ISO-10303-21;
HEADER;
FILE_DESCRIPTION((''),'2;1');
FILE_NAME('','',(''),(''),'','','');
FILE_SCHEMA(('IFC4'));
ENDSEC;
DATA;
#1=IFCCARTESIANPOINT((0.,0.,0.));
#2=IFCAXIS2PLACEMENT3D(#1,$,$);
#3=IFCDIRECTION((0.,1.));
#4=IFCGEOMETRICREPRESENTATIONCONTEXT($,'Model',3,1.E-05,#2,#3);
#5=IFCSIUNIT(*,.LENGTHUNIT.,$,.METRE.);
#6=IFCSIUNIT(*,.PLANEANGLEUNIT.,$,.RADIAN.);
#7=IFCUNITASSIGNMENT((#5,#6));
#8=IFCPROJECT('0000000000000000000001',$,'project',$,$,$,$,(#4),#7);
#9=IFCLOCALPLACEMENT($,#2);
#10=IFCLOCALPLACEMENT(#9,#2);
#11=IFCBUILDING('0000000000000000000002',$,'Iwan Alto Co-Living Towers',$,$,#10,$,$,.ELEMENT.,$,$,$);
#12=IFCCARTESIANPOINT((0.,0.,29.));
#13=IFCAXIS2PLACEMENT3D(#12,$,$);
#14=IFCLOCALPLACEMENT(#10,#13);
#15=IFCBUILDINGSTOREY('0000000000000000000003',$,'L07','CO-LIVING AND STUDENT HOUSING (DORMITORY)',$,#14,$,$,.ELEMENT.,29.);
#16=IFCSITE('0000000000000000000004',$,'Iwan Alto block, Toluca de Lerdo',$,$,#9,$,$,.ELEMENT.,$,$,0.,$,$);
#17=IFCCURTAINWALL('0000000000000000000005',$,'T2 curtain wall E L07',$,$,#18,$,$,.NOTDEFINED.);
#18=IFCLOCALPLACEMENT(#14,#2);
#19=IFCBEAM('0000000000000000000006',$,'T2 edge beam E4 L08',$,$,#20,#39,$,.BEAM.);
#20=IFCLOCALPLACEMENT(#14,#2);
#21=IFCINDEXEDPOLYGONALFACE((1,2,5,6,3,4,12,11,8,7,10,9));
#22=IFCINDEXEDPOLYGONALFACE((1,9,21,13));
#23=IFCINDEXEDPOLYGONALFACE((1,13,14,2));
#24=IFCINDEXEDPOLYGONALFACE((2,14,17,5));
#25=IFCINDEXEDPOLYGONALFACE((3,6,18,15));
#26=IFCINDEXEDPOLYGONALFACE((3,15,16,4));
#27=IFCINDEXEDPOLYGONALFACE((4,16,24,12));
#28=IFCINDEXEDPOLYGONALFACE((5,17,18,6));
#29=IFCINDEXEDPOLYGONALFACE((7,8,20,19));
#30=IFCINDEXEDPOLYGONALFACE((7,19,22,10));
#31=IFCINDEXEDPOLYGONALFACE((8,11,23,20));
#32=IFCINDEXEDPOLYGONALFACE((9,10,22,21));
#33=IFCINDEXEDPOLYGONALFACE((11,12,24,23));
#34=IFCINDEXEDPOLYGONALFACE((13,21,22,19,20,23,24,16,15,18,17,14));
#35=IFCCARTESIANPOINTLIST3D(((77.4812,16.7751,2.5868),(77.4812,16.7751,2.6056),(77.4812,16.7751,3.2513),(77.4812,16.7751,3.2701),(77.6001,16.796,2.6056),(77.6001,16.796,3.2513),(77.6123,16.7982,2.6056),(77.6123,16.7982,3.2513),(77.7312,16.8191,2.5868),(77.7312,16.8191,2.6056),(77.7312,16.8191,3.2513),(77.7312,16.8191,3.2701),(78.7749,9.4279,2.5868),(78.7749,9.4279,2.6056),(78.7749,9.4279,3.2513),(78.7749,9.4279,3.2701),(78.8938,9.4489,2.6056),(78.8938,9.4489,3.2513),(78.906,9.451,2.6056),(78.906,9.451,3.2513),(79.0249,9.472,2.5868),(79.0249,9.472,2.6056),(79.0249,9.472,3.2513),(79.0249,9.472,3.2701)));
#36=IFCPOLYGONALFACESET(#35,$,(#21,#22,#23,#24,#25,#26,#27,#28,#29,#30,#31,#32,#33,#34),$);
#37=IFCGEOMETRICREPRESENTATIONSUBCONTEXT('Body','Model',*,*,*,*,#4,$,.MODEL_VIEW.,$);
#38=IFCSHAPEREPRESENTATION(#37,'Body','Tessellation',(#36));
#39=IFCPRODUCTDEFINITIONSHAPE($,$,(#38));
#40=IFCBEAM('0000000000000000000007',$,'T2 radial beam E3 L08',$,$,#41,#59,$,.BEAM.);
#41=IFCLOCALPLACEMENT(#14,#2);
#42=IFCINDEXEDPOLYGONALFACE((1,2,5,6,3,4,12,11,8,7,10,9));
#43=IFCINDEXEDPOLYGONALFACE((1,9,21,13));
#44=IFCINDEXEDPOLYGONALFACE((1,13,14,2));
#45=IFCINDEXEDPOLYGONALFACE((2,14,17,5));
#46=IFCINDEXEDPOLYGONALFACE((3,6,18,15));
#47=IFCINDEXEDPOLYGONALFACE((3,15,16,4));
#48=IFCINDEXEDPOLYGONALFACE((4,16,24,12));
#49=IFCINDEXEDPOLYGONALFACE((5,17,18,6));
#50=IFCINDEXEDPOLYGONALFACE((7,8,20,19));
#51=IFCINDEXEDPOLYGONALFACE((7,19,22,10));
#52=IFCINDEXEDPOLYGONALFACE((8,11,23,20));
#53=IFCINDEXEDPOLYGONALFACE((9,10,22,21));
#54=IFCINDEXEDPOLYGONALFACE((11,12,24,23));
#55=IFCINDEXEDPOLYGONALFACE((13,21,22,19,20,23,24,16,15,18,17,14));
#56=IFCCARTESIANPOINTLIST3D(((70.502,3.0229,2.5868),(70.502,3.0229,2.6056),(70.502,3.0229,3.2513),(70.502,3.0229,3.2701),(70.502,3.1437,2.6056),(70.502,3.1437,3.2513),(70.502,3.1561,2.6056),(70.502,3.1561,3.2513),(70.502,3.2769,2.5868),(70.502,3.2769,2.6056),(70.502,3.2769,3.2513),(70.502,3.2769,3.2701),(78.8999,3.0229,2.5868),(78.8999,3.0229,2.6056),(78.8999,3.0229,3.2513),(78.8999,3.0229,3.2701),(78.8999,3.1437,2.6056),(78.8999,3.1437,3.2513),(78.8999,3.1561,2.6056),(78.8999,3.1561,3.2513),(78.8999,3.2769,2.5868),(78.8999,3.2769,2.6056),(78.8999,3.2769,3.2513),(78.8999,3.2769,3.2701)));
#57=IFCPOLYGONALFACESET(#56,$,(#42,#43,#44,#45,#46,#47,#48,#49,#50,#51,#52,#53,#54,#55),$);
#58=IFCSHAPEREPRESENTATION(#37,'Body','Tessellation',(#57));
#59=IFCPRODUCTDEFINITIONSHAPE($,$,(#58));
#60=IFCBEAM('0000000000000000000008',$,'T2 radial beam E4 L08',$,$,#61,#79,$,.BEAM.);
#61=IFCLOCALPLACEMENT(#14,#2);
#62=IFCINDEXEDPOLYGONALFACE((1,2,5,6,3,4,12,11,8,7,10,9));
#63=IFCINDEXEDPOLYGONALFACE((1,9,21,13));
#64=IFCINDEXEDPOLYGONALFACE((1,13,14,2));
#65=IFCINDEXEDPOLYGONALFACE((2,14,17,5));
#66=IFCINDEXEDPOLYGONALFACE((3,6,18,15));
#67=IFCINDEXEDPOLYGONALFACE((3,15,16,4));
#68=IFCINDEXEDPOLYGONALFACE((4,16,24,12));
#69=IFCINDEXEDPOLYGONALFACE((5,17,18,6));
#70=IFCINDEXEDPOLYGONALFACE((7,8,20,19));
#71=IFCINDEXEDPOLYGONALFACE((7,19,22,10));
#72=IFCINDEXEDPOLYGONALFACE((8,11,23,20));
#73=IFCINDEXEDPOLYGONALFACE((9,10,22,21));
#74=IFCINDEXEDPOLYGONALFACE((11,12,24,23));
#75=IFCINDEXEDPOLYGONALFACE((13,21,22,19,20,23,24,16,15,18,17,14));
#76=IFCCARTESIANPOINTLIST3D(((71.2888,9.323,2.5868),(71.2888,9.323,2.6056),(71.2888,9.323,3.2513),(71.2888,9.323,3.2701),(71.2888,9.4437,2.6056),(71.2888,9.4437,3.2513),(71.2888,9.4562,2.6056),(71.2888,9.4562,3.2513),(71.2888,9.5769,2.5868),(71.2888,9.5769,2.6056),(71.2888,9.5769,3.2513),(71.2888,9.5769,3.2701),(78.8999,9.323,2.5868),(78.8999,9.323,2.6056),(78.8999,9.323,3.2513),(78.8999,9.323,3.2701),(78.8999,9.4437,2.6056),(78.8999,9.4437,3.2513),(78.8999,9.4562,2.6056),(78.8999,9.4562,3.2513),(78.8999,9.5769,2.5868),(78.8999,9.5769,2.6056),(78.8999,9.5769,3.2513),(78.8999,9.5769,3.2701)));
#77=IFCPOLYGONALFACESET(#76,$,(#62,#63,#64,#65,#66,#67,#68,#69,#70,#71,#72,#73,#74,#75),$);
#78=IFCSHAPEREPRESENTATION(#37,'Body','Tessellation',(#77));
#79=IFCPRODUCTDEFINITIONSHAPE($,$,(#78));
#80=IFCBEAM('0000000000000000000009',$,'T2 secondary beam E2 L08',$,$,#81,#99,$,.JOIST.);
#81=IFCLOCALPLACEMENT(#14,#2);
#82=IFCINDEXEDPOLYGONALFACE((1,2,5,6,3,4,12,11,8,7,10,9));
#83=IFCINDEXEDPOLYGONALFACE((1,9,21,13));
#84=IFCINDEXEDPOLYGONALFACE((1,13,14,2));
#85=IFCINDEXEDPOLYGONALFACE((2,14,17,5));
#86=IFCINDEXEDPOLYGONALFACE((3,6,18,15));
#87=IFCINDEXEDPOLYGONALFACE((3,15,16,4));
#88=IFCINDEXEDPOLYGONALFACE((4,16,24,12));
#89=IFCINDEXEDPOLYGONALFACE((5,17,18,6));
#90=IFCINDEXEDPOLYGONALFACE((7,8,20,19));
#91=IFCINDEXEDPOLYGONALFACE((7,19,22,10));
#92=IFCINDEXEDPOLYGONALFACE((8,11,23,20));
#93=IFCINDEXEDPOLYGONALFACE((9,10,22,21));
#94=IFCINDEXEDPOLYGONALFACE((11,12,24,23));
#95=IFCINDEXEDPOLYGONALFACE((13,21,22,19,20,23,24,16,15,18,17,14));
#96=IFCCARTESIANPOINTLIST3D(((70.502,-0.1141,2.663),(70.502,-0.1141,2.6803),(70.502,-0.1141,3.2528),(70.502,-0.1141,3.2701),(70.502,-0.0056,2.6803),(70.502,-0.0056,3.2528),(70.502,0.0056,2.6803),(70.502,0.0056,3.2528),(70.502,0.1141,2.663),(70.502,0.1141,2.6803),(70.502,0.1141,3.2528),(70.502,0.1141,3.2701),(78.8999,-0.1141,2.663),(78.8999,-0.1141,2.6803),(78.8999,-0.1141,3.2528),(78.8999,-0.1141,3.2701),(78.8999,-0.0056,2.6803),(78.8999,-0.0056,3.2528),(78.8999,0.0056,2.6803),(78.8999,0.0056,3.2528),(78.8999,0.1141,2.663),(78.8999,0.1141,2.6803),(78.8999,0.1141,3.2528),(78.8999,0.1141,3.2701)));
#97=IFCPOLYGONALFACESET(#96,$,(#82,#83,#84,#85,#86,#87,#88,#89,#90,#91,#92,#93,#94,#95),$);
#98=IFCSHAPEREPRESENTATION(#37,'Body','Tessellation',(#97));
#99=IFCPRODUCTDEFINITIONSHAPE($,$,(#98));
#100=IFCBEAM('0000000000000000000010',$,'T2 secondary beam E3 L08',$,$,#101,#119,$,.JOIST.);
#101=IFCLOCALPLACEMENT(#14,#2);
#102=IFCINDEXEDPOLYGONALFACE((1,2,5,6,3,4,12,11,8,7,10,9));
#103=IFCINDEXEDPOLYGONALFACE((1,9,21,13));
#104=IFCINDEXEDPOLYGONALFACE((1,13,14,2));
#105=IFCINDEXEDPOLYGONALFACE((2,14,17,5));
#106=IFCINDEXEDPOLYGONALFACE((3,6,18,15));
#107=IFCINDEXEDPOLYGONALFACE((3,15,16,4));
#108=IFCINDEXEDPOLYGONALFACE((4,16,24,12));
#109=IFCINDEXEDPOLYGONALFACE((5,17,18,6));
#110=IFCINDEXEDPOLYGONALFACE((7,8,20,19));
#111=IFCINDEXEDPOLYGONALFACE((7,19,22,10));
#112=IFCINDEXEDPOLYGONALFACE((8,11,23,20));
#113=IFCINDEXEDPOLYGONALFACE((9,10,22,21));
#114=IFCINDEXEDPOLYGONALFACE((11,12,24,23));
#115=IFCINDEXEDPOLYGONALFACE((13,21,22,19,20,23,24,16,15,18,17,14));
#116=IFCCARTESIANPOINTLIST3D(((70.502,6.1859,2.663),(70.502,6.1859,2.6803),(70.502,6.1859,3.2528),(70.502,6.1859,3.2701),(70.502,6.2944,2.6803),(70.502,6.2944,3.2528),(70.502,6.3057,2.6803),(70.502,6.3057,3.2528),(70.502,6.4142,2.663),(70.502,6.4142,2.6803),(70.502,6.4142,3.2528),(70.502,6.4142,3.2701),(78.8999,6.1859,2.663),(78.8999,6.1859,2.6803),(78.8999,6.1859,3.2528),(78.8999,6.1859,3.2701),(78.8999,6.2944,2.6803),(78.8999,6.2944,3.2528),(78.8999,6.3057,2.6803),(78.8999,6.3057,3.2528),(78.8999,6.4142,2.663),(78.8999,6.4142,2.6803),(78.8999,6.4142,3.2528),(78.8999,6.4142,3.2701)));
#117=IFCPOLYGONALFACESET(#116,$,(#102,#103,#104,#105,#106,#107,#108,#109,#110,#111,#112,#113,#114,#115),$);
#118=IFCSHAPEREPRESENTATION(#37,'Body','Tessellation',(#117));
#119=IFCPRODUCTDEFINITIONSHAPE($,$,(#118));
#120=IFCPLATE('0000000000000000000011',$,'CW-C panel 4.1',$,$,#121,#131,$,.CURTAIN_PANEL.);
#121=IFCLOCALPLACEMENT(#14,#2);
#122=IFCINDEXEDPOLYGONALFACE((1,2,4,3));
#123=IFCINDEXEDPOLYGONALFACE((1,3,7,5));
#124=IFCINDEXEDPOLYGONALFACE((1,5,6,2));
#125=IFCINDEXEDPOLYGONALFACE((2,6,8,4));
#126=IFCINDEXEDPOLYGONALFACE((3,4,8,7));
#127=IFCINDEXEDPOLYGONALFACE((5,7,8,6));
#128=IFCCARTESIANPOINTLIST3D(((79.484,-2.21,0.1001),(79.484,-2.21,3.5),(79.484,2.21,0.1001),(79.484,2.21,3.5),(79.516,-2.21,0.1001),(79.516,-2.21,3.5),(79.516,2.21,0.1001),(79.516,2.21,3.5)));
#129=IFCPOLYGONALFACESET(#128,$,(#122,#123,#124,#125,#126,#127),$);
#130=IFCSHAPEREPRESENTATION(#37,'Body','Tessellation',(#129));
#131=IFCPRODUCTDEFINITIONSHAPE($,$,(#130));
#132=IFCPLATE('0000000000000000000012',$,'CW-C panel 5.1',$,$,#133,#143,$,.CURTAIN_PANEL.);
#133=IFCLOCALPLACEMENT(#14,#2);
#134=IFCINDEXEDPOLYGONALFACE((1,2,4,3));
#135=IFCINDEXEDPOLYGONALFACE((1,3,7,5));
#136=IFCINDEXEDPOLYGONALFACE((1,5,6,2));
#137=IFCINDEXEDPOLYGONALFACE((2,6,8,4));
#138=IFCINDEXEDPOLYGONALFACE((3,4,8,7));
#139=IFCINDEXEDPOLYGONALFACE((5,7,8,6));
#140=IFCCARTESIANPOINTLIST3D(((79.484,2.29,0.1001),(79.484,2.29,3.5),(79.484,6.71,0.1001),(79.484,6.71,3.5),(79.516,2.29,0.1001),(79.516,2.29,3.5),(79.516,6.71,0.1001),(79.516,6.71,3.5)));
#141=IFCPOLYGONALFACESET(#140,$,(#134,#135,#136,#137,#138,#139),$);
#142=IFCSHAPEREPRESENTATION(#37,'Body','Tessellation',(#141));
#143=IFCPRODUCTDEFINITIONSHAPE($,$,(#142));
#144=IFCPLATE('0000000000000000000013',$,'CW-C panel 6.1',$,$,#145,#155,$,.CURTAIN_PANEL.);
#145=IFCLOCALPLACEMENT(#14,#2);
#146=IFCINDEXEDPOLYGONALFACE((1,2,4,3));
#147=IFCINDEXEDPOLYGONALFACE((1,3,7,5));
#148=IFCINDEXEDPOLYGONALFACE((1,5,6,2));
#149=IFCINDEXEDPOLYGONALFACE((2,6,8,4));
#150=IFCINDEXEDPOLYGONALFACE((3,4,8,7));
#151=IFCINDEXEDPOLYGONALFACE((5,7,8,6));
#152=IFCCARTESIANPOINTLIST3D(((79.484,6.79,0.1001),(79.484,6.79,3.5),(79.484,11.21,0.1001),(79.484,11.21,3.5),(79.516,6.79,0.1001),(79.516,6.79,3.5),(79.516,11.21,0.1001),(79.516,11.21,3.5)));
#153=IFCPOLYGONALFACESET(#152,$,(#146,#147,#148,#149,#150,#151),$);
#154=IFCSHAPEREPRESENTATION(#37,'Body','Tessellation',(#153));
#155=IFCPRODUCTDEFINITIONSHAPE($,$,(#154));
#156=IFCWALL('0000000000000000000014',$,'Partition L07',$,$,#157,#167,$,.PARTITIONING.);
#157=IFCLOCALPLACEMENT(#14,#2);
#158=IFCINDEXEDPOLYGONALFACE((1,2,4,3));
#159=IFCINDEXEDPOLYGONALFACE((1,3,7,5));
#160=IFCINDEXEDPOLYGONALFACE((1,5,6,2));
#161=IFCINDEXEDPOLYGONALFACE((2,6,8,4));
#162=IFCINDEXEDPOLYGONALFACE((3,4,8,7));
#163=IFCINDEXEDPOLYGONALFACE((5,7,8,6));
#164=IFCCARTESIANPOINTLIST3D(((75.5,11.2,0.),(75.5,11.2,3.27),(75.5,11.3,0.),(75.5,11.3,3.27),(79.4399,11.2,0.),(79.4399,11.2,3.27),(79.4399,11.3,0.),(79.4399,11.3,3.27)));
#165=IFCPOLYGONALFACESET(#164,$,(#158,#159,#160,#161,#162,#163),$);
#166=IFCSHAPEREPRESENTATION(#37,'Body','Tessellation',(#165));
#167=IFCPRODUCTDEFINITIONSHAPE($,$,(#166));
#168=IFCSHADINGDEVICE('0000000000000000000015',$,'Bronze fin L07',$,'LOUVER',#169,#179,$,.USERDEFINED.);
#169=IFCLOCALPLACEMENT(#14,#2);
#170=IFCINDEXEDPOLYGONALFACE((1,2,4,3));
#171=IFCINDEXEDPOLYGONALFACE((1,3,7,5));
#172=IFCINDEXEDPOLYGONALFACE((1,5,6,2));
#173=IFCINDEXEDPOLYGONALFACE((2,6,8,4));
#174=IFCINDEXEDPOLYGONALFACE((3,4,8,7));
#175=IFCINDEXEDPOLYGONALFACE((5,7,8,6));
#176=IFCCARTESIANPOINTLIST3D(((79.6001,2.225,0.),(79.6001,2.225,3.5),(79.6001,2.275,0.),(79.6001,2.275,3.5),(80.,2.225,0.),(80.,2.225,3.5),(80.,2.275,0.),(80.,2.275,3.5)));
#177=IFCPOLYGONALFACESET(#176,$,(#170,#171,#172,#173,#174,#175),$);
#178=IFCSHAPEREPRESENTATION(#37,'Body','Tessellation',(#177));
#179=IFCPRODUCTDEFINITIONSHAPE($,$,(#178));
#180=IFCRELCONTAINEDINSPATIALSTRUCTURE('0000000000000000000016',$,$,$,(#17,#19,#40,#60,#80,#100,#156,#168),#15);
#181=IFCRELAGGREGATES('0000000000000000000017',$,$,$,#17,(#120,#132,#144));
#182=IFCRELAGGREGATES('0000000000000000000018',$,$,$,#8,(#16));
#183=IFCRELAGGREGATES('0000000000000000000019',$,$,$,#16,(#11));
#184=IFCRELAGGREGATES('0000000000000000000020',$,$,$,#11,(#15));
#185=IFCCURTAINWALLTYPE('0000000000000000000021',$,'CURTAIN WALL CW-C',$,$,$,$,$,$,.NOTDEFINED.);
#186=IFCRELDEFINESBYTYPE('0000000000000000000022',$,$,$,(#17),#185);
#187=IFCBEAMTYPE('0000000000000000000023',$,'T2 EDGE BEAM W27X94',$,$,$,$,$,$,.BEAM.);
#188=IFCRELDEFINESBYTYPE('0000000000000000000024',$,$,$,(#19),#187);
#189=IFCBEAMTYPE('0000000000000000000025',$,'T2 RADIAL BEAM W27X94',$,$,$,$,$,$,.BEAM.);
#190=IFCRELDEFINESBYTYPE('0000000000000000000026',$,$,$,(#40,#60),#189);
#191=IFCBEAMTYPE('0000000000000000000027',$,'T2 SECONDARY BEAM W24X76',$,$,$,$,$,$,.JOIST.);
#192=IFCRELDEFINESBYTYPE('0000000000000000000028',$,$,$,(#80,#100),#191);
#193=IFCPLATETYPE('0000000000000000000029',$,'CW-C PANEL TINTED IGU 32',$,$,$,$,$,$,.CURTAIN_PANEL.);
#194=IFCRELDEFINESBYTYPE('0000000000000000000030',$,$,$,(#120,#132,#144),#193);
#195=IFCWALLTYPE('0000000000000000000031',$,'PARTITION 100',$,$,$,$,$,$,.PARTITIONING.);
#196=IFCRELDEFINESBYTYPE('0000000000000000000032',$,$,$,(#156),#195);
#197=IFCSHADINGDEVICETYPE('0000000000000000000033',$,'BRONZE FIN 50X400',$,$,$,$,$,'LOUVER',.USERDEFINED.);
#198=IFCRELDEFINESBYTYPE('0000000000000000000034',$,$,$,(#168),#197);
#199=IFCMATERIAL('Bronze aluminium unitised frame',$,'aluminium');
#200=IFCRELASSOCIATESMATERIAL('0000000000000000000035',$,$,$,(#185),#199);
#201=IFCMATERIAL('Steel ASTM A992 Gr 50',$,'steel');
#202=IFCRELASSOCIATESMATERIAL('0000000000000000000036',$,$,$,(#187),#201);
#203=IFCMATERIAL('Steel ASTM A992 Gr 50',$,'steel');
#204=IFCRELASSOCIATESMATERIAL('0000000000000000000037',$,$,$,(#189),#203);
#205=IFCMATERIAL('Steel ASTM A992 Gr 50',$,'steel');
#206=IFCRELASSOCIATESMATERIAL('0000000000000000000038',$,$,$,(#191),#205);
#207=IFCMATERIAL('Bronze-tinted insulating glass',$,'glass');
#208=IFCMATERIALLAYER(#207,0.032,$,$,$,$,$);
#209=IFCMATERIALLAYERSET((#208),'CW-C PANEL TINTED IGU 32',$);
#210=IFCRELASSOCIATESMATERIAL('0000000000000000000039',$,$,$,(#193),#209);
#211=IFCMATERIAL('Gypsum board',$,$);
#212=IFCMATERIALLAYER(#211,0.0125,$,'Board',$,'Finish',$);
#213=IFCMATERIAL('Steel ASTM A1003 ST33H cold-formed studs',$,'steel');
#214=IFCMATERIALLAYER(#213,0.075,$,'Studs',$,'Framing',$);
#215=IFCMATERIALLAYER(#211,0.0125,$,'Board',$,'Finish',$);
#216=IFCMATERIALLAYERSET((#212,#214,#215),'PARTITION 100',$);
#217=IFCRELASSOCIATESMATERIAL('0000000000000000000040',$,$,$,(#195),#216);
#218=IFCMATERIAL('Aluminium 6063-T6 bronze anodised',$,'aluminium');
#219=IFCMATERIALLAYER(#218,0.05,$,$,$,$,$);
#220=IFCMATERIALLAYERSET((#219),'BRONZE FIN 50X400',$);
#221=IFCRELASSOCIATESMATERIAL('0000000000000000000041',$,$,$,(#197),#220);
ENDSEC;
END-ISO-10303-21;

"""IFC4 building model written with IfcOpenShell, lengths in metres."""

from ifc_helpers import new_model, si_unit, direction, frame, frame_2d, origin, origin_2d, place, context, subcontext, project, spatial, rectangle, i_section, extrude, material, layer, layer_set, material_profile, profile_set, type_object, element, aggregate, save


model = new_model("IFC4")

# Units and contexts
model_context = context("Model", 3, precision=1e-05, world=origin(), true_north=direction((0.0, 1.0)))
body_context = subcontext(model_context, "Body", "Model", "MODEL_VIEW")
ifc_project = project(units=[si_unit("LENGTHUNIT", "METRE"), si_unit("PLANEANGLEUNIT", "RADIAN")], contexts=[model_context])

# Site, building, storey
site_placement = place(None, origin())
site = spatial("IfcSite", under=ifc_project, at=site_placement, Name="Iwan Alto block, Toluca de Lerdo", CompositionType="ELEMENT", RefElevation=0.0)
building_placement = place(site_placement, origin())
building = spatial("IfcBuilding", under=site, at=building_placement, Name="Iwan Alto Co-Living Towers", CompositionType="ELEMENT")
storey_placement = place(building_placement, frame((0.0, 0.0, 29.0)))
storey = spatial("IfcBuildingStorey", under=building, at=storey_placement, Name="L07", Description="CO-LIVING AND STUDENT HOUSING (DORMITORY)", CompositionType="ELEMENT", Elevation=29.0)

# Curtain wall
ifc_material_1 = material(Name="Bronze aluminium unitised frame", Category="aluminium")
curtain_wall_type = type_object("IfcCurtainWallType", Name="CURTAIN WALL CW-C", PredefinedType="NOTDEFINED", material=ifc_material_1)
curtain_wall_placement = place(storey_placement, origin())
curtain_wall = element("IfcCurtainWall", 1, at=curtain_wall_placement, inside=storey, type_object=curtain_wall_type, Name="T2 curtain wall E L07", PredefinedType="NOTDEFINED")

# Beams
ifc_material_2 = material(Name="Steel ASTM A992 Gr 50", Category="steel")
ifc_material_profile_1 = material_profile(ifc_material_2, i_section(OverallWidth=0.2539, OverallDepth=0.6833, WebThickness=0.0125, FlangeThickness=0.0188, at=origin_2d()), Name="W27X94")
ifc_profile_set_1 = profile_set([ifc_material_profile_1], Name="Steel ASTM A992 Gr 50")
beam_type_1 = type_object("IfcBeamType", Name="T2 EDGE BEAM W27X94", PredefinedType="BEAM", material=ifc_profile_set_1)
beam_1_placement = place(storey_placement, frame((78.8999, 9.45, 2.9285), z_axis=(-0.173414, 0.984849, 0.0), x_axis=(-0.984849, -0.173414, 0.0)))
element("IfcBeam", 2, at=beam_1_placement, inside=storey, type_object=beam_type_1, Name="T2 edge beam E4 L08", PredefinedType="BEAM", context=body_context, shape_type="SweptSolid", body=[
    extrude(i_section(OverallWidth=0.2539, OverallDepth=0.6833, WebThickness=0.0125, FlangeThickness=0.0188, at=origin_2d()), origin(), (0.0, 0.0, 1.0), 7.4602),
])
ifc_material_3 = material(Name="Steel ASTM A992 Gr 50", Category="steel")
ifc_material_profile_2 = material_profile(ifc_material_3, i_section(OverallWidth=0.2539, OverallDepth=0.6833, WebThickness=0.0125, FlangeThickness=0.0188, at=origin_2d()), Name="W27X94")
ifc_profile_set_2 = profile_set([ifc_material_profile_2], Name="Steel ASTM A992 Gr 50")
beam_type_2 = type_object("IfcBeamType", Name="T2 RADIAL BEAM W27X94", PredefinedType="BEAM", material=ifc_profile_set_2)
beam_2_placement = place(storey_placement, frame((78.8999, 3.1499, 2.9285), z_axis=(-1.0, 0.0, 0.0), x_axis=(0.0, -1.0, 0.0)))
element("IfcBeam", 3, at=beam_2_placement, inside=storey, type_object=beam_type_2, Name="T2 radial beam E3 L08", PredefinedType="BEAM", context=body_context, shape_type="SweptSolid", body=[
    extrude(i_section(OverallWidth=0.2539, OverallDepth=0.6833, WebThickness=0.0125, FlangeThickness=0.0188, at=origin_2d()), origin(), (0.0, 0.0, 1.0), 8.3979),
])
beam_3_placement = place(storey_placement, frame((78.8999, 9.45, 2.9285), z_axis=(-1.0, 0.0, 0.0), x_axis=(0.0, -1.0, 0.0)))
element("IfcBeam", 4, at=beam_3_placement, inside=storey, type_object=beam_type_2, Name="T2 radial beam E4 L08", PredefinedType="BEAM", context=body_context, shape_type="SweptSolid", body=[
    extrude(i_section(OverallWidth=0.2539, OverallDepth=0.6833, WebThickness=0.0125, FlangeThickness=0.0188, at=origin_2d()), origin(), (0.0, 0.0, 1.0), 7.6111),
])
ifc_material_4 = material(Name="Steel ASTM A992 Gr 50", Category="steel")
ifc_material_profile_3 = material_profile(ifc_material_4, i_section(OverallWidth=0.2283, OverallDepth=0.6072, WebThickness=0.0112, FlangeThickness=0.0173, at=origin_2d()), Name="W24X76")
ifc_profile_set_3 = profile_set([ifc_material_profile_3], Name="Steel ASTM A992 Gr 50")
beam_type_3 = type_object("IfcBeamType", Name="T2 SECONDARY BEAM W24X76", PredefinedType="JOIST", material=ifc_profile_set_3)
for number, where, z_axis, x_axis, name in (
    (5, (78.8999, 0.0, 2.9666), (-1.0, 0.0, 0.0), (0.0, -1.0, 0.0), "T2 secondary beam E2 L08"),
    (6, (78.8999, 6.3, 2.9666), (-1.0, 0.0, 0.0), (0.0, -1.0, 0.0), "T2 secondary beam E3 L08"),
):
    element("IfcBeam", number, at=place(storey_placement, frame(where, z_axis=z_axis, x_axis=x_axis)), inside=storey, type_object=beam_type_3, Name=name, PredefinedType="JOIST", context=body_context, shape_type="SweptSolid", body=[
        extrude(i_section(OverallWidth=0.2283, OverallDepth=0.6072, WebThickness=0.0112, FlangeThickness=0.0173, at=origin_2d()), origin(), (0.0, 0.0, 1.0), 8.3979),
    ])

# Plates
ifc_material_5 = material(Name="Bronze-tinted insulating glass", Category="glass")
ifc_layer_1 = layer(ifc_material_5, 0.032)
ifc_layer_set_1 = layer_set([ifc_layer_1], Name="CW-C PANEL TINTED IGU 32")
plate_type = type_object("IfcPlateType", Name="CW-C PANEL TINTED IGU 32", PredefinedType="CURTAIN_PANEL", material=ifc_layer_set_1)
plate_1_placement = place(storey_placement, frame((79.5, 0.0, 0.1001), z_axis=(0.0, 0.0, 1.0), x_axis=(0.0, 1.0, 0.0)))
plate_1 = element("IfcPlate", 7, at=plate_1_placement, type_object=plate_type, Name="CW-C panel 4.1", PredefinedType="CURTAIN_PANEL", context=body_context, shape_type="SweptSolid", body=[
    extrude(rectangle(XDim=4.4199, YDim=0.032, at=origin_2d()), origin(), (0.0, 0.0, 1.0), 3.3999),
])
plate_2_placement = place(storey_placement, frame((79.5, 4.5, 0.1001), z_axis=(0.0, 0.0, 1.0), x_axis=(0.0, 1.0, 0.0)))
plate_2 = element("IfcPlate", 8, at=plate_2_placement, type_object=plate_type, Name="CW-C panel 5.1", PredefinedType="CURTAIN_PANEL", context=body_context, shape_type="SweptSolid", body=[
    extrude(rectangle(XDim=4.4199, YDim=0.032, at=origin_2d()), origin(), (0.0, 0.0, 1.0), 3.3999),
])
plate_3_placement = place(storey_placement, frame((79.5, 9.0, 0.1001), z_axis=(0.0, 0.0, 1.0), x_axis=(0.0, 1.0, 0.0)))
plate_3 = element("IfcPlate", 9, at=plate_3_placement, type_object=plate_type, Name="CW-C panel 6.1", PredefinedType="CURTAIN_PANEL", context=body_context, shape_type="SweptSolid", body=[
    extrude(rectangle(XDim=4.4199, YDim=0.032, at=origin_2d()), origin(), (0.0, 0.0, 1.0), 3.3999),
])
aggregate(curtain_wall, [plate_1, plate_2, plate_3])

# Wall
ifc_material_6 = material(Name="Gypsum board")
ifc_layer_2 = layer(ifc_material_6, 0.0125, Name="Board", Category="Finish")
ifc_material_7 = material(Name="Steel ASTM A1003 ST33H cold-formed studs", Category="steel")
ifc_layer_3 = layer(ifc_material_7, 0.075, Name="Studs", Category="Framing")
ifc_layer_4 = layer(ifc_material_6, 0.0125, Name="Board", Category="Finish")
ifc_layer_set_2 = layer_set([ifc_layer_2, ifc_layer_3, ifc_layer_4], Name="PARTITION 100")
wall_type = type_object("IfcWallType", Name="PARTITION 100", PredefinedType="PARTITIONING", material=ifc_layer_set_2)
wall_placement = place(storey_placement, frame((75.5, 11.25, 0.0), z_axis=(0.0, 0.0, 1.0), x_axis=(1.0, 0.0, 0.0)))
element("IfcWall", 10, at=wall_placement, inside=storey, type_object=wall_type, Name="Partition L07", PredefinedType="PARTITIONING", context=body_context, shape_type="SweptSolid", body=[
    extrude(rectangle(XDim=3.9399, YDim=0.1001, at=frame_2d((1.97, 0.0))), origin(), (0.0, 0.0, 1.0), 3.27),
])

# Shading device
ifc_material_8 = material(Name="Aluminium 6063-T6 bronze anodised", Category="aluminium")
ifc_layer_5 = layer(ifc_material_8, 0.05)
ifc_layer_set_3 = layer_set([ifc_layer_5], Name="BRONZE FIN 50X400")
shading_device_type = type_object("IfcShadingDeviceType", Name="BRONZE FIN 50X400", ElementType="LOUVER", PredefinedType="USERDEFINED", material=ifc_layer_set_3)
for number, where, z_axis, x_axis, name in (
    (11, (79.8, 2.25, 0.0), (0.0, 0.0, 1.0), (0.0, 1.0, 0.0), "Bronze fin L07"),
):
    element("IfcShadingDevice", number, at=place(storey_placement, frame(where, z_axis=z_axis, x_axis=x_axis)), inside=storey, type_object=shading_device_type, Name=name, ObjectType="LOUVER", PredefinedType="USERDEFINED", context=body_context, shape_type="SweptSolid", body=[
        extrude(rectangle(XDim=0.05, YDim=0.3999, at=origin_2d()), origin(), (0.0, 0.0, 1.0), 3.5),
    ])

save(model, "model.ifc")
